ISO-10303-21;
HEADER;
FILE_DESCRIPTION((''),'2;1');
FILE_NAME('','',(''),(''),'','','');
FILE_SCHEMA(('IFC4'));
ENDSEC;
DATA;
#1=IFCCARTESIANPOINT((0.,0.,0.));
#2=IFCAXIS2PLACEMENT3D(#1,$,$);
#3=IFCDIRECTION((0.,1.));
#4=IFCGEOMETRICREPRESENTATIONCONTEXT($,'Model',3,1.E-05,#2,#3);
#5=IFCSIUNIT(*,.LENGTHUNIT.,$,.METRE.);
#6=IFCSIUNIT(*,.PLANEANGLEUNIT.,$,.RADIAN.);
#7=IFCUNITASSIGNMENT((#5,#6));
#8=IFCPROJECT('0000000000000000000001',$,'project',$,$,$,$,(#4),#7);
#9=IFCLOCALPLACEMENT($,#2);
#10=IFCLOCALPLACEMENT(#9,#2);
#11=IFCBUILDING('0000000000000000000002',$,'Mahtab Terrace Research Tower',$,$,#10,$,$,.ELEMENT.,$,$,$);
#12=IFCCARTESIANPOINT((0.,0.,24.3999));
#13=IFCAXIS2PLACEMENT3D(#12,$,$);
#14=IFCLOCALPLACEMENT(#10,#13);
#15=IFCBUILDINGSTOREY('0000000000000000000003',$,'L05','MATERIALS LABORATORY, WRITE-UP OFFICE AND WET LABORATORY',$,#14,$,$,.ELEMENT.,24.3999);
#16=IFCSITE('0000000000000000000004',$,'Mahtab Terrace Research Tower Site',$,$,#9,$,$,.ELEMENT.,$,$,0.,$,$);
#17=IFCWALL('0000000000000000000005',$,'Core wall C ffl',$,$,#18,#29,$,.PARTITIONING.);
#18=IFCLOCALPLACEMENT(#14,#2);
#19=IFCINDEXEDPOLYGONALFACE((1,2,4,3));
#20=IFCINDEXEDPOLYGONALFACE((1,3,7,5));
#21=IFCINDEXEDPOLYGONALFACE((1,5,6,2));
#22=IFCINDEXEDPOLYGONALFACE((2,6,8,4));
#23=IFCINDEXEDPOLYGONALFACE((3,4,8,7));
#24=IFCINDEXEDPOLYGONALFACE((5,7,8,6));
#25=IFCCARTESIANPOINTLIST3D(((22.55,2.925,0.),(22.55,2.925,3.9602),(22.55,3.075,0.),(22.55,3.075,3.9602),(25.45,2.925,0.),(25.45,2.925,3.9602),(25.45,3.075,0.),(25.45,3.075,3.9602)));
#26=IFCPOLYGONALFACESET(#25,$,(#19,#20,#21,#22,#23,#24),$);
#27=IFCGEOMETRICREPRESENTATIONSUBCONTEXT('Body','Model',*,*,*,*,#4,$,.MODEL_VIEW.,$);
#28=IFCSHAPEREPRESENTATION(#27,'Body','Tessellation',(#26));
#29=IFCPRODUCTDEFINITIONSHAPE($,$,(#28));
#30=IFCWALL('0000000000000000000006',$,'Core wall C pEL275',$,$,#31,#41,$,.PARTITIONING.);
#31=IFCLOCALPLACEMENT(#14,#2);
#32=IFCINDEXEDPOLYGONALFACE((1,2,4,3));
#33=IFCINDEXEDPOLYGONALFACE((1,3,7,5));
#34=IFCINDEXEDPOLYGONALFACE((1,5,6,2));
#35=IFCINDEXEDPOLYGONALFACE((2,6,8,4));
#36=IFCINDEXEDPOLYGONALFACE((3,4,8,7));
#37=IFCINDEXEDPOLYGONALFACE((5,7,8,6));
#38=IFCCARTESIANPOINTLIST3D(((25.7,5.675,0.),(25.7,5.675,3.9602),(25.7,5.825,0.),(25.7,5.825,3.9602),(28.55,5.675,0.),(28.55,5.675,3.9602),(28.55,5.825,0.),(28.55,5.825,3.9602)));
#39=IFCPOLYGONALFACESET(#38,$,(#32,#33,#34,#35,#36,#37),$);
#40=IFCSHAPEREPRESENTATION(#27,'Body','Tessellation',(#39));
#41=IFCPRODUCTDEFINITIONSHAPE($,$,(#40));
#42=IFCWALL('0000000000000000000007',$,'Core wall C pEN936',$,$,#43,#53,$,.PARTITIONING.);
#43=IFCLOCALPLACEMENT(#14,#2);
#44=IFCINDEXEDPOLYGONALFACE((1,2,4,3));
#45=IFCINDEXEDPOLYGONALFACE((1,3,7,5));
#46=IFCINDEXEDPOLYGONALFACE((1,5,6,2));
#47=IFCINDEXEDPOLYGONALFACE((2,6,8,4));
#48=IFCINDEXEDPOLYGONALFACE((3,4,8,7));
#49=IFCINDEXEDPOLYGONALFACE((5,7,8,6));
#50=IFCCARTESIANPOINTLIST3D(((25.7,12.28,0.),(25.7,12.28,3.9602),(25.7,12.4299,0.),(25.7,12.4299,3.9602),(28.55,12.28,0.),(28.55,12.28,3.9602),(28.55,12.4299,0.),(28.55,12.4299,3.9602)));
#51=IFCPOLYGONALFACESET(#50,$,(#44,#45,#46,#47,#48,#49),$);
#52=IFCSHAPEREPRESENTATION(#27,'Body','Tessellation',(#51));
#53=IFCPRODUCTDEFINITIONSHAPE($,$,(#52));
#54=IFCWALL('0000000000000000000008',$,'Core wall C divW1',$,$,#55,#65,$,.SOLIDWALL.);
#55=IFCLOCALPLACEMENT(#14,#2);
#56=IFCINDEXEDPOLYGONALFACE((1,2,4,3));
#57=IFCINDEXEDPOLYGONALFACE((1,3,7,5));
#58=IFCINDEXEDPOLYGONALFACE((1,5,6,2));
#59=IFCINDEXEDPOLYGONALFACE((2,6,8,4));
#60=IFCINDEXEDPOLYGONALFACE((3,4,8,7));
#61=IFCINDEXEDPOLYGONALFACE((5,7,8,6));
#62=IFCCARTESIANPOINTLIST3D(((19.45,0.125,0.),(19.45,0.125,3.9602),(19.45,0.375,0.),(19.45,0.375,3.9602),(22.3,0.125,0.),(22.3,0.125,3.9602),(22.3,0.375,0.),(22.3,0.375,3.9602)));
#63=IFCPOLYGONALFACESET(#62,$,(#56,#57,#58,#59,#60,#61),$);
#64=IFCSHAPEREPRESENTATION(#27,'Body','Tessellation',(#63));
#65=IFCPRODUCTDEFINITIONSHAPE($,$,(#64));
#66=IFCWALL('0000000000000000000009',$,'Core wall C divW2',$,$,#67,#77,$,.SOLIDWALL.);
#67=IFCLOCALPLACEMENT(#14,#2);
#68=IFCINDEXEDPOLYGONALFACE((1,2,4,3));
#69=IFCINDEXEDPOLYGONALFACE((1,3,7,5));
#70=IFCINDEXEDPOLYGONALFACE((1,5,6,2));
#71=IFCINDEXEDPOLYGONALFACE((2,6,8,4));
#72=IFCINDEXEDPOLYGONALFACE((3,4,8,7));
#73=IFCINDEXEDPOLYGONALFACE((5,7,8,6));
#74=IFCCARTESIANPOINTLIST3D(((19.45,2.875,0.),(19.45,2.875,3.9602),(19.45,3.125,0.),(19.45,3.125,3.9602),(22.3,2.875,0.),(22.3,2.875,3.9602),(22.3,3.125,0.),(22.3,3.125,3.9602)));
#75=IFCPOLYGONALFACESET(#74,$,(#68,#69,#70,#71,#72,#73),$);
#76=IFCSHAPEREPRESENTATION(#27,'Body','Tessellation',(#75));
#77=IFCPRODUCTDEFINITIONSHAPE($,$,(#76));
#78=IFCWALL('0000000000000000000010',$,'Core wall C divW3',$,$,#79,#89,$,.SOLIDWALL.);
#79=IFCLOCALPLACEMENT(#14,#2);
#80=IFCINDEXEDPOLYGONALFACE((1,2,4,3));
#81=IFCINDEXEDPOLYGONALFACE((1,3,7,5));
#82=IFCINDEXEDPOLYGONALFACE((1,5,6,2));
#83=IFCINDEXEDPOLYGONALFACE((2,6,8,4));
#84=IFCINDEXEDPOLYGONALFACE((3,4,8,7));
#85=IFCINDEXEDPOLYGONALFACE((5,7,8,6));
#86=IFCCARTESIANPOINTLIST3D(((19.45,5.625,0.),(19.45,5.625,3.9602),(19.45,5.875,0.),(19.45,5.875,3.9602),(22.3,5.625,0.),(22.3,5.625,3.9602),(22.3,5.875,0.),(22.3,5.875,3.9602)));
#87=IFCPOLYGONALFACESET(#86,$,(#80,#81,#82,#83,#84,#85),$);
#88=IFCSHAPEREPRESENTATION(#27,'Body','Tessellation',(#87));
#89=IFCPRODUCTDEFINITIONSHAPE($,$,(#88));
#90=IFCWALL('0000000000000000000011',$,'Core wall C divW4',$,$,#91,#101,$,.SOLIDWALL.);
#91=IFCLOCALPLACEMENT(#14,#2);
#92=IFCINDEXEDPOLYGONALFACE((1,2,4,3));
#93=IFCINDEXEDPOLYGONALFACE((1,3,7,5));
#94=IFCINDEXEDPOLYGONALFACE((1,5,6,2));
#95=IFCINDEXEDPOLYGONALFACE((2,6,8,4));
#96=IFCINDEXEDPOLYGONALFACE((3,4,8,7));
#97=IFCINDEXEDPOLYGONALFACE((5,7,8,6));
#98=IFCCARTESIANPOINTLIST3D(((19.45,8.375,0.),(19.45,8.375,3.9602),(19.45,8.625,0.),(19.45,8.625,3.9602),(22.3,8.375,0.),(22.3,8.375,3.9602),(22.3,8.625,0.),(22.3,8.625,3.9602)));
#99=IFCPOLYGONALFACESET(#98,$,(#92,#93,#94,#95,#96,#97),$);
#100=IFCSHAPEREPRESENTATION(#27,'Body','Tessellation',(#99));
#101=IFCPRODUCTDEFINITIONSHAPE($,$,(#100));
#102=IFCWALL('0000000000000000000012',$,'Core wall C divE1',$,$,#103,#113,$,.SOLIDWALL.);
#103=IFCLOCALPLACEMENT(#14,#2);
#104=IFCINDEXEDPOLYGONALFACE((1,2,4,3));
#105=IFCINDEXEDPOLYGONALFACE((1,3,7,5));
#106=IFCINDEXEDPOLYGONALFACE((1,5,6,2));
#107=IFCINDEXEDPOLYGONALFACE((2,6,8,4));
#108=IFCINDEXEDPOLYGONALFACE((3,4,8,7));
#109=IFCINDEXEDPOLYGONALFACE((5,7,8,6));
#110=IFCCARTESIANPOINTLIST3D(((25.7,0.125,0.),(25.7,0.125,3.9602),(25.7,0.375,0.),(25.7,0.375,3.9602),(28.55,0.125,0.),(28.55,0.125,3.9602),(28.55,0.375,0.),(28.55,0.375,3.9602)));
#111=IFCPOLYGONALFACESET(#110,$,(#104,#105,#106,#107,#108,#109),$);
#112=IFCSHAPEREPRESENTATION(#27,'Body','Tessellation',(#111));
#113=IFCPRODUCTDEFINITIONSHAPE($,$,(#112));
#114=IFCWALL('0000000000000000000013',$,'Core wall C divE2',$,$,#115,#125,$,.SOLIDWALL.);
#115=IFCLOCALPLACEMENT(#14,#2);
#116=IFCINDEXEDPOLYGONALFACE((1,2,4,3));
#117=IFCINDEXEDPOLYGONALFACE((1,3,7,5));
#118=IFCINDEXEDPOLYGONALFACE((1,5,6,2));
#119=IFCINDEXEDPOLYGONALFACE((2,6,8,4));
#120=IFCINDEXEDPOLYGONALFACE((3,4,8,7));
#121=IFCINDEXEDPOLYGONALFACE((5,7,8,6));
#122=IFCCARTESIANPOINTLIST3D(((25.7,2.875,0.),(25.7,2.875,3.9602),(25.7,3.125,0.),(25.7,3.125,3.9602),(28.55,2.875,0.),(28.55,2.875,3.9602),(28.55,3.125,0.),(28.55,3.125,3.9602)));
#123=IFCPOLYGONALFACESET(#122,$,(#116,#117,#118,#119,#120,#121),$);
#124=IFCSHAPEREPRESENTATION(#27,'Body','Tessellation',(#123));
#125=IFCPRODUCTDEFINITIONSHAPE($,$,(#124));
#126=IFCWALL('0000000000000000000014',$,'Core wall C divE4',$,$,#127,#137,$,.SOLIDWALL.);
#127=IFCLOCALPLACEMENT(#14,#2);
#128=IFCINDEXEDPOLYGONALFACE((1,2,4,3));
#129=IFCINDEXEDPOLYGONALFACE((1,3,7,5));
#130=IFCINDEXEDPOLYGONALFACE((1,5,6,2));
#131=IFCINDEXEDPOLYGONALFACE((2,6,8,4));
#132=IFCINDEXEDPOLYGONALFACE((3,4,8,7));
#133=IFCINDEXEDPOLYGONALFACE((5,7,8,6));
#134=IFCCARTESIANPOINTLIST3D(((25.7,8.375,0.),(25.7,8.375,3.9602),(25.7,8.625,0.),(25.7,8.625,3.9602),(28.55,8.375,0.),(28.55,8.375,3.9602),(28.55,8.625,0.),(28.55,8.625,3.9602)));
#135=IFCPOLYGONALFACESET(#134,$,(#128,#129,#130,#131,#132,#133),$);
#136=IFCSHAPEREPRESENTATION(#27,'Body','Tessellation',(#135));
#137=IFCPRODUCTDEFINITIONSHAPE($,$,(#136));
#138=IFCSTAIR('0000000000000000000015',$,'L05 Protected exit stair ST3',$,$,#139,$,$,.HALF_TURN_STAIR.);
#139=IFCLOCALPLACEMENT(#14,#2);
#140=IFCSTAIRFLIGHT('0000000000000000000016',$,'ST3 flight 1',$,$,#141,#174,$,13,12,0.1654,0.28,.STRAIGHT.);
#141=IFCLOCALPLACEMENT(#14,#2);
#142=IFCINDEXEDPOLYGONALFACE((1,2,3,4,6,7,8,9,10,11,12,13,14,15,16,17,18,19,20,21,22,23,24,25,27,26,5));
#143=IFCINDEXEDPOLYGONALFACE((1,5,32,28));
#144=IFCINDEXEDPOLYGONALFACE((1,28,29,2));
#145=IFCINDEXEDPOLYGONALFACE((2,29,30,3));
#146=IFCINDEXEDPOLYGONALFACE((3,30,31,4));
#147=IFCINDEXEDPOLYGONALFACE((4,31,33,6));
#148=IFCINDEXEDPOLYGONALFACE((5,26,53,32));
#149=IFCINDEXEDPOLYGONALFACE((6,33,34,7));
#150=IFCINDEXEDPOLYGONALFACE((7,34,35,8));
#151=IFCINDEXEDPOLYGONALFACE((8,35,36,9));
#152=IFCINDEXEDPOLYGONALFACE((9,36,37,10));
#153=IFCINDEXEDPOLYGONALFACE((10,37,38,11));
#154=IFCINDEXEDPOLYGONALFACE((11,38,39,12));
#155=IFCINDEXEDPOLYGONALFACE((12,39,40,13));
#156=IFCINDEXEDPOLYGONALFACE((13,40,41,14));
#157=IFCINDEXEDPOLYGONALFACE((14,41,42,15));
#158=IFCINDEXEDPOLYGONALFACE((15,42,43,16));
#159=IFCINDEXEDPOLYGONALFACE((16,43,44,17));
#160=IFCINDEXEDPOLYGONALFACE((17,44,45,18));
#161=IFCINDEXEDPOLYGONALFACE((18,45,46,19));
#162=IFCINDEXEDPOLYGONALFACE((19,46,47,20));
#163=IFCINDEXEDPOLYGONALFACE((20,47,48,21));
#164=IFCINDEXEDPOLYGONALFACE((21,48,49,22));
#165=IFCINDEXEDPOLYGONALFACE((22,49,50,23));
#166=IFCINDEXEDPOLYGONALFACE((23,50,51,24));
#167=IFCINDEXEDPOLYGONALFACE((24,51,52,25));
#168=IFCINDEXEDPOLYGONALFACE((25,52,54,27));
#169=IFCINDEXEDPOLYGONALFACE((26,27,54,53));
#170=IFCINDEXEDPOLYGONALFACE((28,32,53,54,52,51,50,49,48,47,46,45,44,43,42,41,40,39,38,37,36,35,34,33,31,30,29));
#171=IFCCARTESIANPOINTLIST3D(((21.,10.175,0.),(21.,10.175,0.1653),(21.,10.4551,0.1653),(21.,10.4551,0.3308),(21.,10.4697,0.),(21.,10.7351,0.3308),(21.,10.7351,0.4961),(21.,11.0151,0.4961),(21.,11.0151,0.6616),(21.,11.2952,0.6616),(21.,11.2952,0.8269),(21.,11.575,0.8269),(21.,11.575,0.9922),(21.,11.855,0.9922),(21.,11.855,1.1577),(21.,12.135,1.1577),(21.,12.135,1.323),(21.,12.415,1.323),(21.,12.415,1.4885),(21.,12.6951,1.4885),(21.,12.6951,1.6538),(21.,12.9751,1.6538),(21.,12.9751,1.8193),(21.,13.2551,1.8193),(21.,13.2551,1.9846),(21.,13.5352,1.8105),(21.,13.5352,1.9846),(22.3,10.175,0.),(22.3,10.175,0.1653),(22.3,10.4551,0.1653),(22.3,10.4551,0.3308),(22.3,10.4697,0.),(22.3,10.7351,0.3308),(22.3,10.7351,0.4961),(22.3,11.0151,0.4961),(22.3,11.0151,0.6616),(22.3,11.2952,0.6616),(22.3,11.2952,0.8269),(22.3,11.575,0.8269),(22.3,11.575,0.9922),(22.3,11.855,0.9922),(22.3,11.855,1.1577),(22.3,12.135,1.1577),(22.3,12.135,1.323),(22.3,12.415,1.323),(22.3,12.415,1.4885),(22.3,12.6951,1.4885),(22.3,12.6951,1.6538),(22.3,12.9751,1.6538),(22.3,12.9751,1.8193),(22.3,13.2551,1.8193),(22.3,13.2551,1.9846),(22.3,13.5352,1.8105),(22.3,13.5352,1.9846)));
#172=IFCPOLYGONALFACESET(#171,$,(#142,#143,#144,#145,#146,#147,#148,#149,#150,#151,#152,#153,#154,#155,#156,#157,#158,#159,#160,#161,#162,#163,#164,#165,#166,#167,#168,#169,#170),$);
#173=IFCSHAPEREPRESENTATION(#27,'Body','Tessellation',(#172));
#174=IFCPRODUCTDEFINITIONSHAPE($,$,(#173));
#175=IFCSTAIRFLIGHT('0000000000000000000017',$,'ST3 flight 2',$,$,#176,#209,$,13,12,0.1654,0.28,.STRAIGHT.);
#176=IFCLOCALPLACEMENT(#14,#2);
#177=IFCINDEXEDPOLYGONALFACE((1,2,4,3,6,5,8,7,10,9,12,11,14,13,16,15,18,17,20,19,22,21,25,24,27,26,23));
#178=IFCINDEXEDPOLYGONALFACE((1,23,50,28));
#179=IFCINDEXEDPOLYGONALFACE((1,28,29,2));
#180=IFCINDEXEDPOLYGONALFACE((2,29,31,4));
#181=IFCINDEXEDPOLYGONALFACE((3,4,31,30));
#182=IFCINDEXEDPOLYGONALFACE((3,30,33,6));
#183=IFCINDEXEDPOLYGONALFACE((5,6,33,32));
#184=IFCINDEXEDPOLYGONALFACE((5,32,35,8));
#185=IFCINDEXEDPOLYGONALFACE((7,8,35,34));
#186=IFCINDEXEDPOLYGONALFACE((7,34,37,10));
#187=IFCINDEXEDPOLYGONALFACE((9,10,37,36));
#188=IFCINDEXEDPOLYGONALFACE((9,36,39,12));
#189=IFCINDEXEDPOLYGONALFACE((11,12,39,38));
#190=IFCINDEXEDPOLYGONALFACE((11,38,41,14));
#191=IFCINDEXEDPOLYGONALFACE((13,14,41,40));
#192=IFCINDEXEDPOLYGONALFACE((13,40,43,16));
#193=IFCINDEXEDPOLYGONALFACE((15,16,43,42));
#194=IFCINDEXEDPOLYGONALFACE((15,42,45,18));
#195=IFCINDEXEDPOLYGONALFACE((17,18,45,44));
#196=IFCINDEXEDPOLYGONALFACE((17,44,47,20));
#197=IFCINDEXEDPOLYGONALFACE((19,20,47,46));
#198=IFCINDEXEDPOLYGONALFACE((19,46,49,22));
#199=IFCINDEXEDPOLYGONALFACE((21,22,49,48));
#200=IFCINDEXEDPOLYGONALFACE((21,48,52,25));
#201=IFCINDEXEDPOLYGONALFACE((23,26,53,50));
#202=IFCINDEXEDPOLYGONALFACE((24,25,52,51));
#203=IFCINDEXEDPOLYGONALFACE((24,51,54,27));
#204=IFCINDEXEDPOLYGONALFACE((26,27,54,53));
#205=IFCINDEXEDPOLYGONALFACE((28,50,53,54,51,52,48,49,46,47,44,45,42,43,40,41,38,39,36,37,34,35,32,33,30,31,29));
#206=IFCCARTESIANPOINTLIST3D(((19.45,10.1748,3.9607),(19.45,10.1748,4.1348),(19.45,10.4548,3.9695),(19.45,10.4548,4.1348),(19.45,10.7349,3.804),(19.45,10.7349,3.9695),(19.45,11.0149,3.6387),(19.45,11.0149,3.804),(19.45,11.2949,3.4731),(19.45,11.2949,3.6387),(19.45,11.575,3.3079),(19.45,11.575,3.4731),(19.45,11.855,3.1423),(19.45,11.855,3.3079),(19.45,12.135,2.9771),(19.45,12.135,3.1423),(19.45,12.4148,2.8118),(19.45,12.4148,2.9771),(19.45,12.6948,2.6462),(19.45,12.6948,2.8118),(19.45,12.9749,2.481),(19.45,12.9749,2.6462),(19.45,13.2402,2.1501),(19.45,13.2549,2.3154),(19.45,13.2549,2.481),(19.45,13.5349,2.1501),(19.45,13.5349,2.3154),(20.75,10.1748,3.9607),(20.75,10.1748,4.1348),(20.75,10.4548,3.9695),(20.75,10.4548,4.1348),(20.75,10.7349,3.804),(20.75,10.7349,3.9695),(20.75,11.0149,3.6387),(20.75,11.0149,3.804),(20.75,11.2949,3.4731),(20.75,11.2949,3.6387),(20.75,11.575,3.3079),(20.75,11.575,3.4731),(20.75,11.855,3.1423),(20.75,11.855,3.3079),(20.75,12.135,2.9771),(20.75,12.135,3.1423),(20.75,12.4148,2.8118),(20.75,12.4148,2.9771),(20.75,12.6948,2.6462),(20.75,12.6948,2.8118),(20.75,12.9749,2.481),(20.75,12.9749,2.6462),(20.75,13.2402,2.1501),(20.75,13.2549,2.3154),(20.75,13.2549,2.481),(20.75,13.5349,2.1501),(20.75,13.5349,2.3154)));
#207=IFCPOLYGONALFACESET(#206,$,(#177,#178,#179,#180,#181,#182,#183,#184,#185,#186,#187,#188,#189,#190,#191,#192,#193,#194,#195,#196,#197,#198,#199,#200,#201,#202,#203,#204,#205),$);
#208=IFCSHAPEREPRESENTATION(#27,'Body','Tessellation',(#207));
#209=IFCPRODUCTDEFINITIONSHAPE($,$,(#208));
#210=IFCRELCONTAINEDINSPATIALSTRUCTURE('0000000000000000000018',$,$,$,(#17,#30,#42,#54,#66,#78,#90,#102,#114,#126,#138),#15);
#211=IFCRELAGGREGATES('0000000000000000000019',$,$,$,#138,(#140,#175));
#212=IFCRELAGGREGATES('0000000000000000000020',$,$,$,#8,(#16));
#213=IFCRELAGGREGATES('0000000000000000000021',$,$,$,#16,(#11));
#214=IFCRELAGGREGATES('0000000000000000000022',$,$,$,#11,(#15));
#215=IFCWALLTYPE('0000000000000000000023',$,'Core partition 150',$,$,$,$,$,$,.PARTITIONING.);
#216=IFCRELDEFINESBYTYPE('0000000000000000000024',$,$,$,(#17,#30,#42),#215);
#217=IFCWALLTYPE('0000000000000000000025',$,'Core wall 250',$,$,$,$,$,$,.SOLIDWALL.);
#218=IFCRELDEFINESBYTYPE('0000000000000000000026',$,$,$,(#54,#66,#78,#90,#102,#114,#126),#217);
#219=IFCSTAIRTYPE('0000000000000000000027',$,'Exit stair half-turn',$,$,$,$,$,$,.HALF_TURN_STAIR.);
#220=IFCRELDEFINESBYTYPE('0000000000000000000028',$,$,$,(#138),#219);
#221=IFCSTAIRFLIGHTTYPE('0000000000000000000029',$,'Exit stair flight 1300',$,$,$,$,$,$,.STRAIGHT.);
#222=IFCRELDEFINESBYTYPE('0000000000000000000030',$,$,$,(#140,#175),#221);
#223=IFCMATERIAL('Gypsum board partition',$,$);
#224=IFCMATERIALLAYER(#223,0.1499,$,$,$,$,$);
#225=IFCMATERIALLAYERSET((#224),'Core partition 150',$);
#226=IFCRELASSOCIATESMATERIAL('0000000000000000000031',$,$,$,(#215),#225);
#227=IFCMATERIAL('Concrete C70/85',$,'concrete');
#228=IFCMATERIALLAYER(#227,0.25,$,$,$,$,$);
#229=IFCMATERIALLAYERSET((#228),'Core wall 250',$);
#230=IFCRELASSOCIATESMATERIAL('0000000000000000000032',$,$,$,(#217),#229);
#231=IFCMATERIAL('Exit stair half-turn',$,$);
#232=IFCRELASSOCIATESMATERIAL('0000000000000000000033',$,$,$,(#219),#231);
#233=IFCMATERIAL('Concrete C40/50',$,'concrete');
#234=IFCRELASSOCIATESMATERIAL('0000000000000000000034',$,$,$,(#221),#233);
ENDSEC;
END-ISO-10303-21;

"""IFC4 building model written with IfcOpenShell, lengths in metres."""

from ifc_helpers import new_model, si_unit, direction, frame, frame_2d, origin, place, context, subcontext, project, spatial, polyline, rectangle, outline, extrude, material, layer, layer_set, type_object, element, aggregate, save


model = new_model("IFC4")

# Units and contexts
model_context = context("Model", 3, precision=1e-05, world=origin(), true_north=direction((0.0, 1.0)))
body_context = subcontext(model_context, "Body", "Model", "MODEL_VIEW")
ifc_project = project(units=[si_unit("LENGTHUNIT", "METRE"), si_unit("PLANEANGLEUNIT", "RADIAN")], contexts=[model_context])

# Site, building, storey
site_placement = place(None, origin())
site = spatial("IfcSite", under=ifc_project, at=site_placement, Name="Mahtab Terrace Research Tower Site", CompositionType="ELEMENT", RefElevation=0.0)
building_placement = place(site_placement, origin())
building = spatial("IfcBuilding", under=site, at=building_placement, Name="Mahtab Terrace Research Tower", CompositionType="ELEMENT")
storey_placement = place(building_placement, frame((0.0, 0.0, 24.3999)))
storey = spatial("IfcBuildingStorey", under=building, at=storey_placement, Name="L05", Description="MATERIALS LABORATORY, WRITE-UP OFFICE AND WET LABORATORY", CompositionType="ELEMENT", Elevation=24.3999)

# Walls
ifc_material_1 = material(Name="Gypsum board partition")
ifc_layer_1 = layer(ifc_material_1, 0.1499)
ifc_layer_set_1 = layer_set([ifc_layer_1], Name="Core partition 150")
wall_type_1 = type_object("IfcWallType", Name="Core partition 150", PredefinedType="PARTITIONING", material=ifc_layer_set_1)
wall_placement = place(storey_placement, frame((22.55, 3.0, 0.0), z_axis=(0.0, 0.0, 1.0), x_axis=(1.0, 0.0, 0.0)))
element("IfcWall", 1, at=wall_placement, inside=storey, type_object=wall_type_1, Name="Core wall C ffl", PredefinedType="PARTITIONING", context=body_context, shape_type="SweptSolid", body=[
    extrude(rectangle(XDim=2.8999, YDim=0.1499, at=frame_2d((1.45, 0.0))), origin(), (0.0, 0.0, 1.0), 3.9602),
])
for number, where, z_axis, x_axis, name in (
    (2, (25.7, 5.75, 0.0), (0.0, 0.0, 1.0), (1.0, 0.0, 0.0), "Core wall C pEL275"),
    (3, (25.7, 12.355, 0.0), (0.0, 0.0, 1.0), (1.0, 0.0, 0.0), "Core wall C pEN936"),
):
    element("IfcWall", number, at=place(storey_placement, frame(where, z_axis=z_axis, x_axis=x_axis)), inside=storey, type_object=wall_type_1, Name=name, PredefinedType="PARTITIONING", context=body_context, shape_type="SweptSolid", body=[
        extrude(rectangle(XDim=2.8501, YDim=0.1499, at=frame_2d((1.425, 0.0))), origin(), (0.0, 0.0, 1.0), 3.9602),
    ])
ifc_material_2 = material(Name="Concrete C70/85", Category="concrete")
ifc_layer_2 = layer(ifc_material_2, 0.25)
ifc_layer_set_2 = layer_set([ifc_layer_2], Name="Core wall 250")
wall_type_2 = type_object("IfcWallType", Name="Core wall 250", PredefinedType="SOLIDWALL", material=ifc_layer_set_2)
for number, where, z_axis, x_axis, name in (
    (4, (19.45, 0.25, 0.0), (0.0, 0.0, 1.0), (1.0, 0.0, 0.0), "Core wall C divW1"),
    (5, (19.45, 3.0, 0.0), (0.0, 0.0, 1.0), (1.0, 0.0, 0.0), "Core wall C divW2"),
    (6, (19.45, 5.75, 0.0), (0.0, 0.0, 1.0), (1.0, 0.0, 0.0), "Core wall C divW3"),
    (7, (19.45, 8.5, 0.0), (0.0, 0.0, 1.0), (1.0, 0.0, 0.0), "Core wall C divW4"),
    (8, (25.7, 0.25, 0.0), (0.0, 0.0, 1.0), (1.0, 0.0, 0.0), "Core wall C divE1"),
    (9, (25.7, 3.0, 0.0), (0.0, 0.0, 1.0), (1.0, 0.0, 0.0), "Core wall C divE2"),
    (10, (25.7, 8.5, 0.0), (0.0, 0.0, 1.0), (1.0, 0.0, 0.0), "Core wall C divE4"),
):
    element("IfcWall", number, at=place(storey_placement, frame(where, z_axis=z_axis, x_axis=x_axis)), inside=storey, type_object=wall_type_2, Name=name, PredefinedType="SOLIDWALL", context=body_context, shape_type="SweptSolid", body=[
        extrude(rectangle(XDim=2.8501, YDim=0.25, at=frame_2d((1.425, 0.0))), origin(), (0.0, 0.0, 1.0), 3.9602),
    ])

# Stair, stair flights
ifc_material_3 = material(Name="Exit stair half-turn")
stair_type = type_object("IfcStairType", Name="Exit stair half-turn", PredefinedType="HALF_TURN_STAIR", material=ifc_material_3)
stair_placement = place(storey_placement, origin())
stair = element("IfcStair", 11, at=stair_placement, inside=storey, type_object=stair_type, Name="L05 Protected exit stair ST3", PredefinedType="HALF_TURN_STAIR")
ifc_material_4 = material(Name="Concrete C40/50", Category="concrete")
stair_flight_type = type_object("IfcStairFlightType", Name="Exit stair flight 1300", PredefinedType="STRAIGHT", material=ifc_material_4)
stair_flight_1_placement = place(storey_placement, frame((21.6499, 10.175, 0.0), z_axis=(0.0, 0.0, 1.0), x_axis=(0.0, 1.0, 0.0)))
stair_flight_1 = element("IfcStairFlight", 12, at=stair_flight_1_placement, type_object=stair_flight_type, Name="ST3 flight 1", NumberOfRisers=13, NumberOfTreads=12, PredefinedType="STRAIGHT", RiserHeight=0.1654, TreadLength=0.28, context=body_context, shape_type="SweptSolid", body=[
    extrude(outline(polyline([(0.0, 0.0), (0.0, 0.1653), (0.28, 0.1653), (0.28, 0.3308), (0.5601, 0.3308), (0.5601, 0.4961), (0.8401, 0.4961), (0.8401, 0.6616), (1.1201, 0.6616), (1.1201, 0.8269), (1.3999, 0.8269), (1.3999, 0.9922), (1.6799, 0.9922), (1.6799, 1.1577), (1.96, 1.1577), (1.96, 1.323), (2.24, 1.323), (2.24, 1.4885), (2.52, 1.4885), (2.52, 1.6538), (2.8, 1.6538), (2.8, 1.8193), (3.0801, 1.8193), (3.0801, 1.9846), (3.3601, 1.9846), (3.3601, 2.1499), (3.3601, 1.8105), (0.2947, 0.0), (0.0, 0.0)])), frame((0.0, 0.6499, 0.0), z_axis=(0.0, -1.0, 0.0), x_axis=(1.0, 0.0, 0.0)), (0.0, 0.0, 1.0), 1.3),
])
stair_flight_2_placement = place(storey_placement, frame((20.1001, 13.5349, 2.1501), z_axis=(0.0, 0.0, 1.0), x_axis=(0.0, -1.0, 0.0)))
stair_flight_2 = element("IfcStairFlight", 13, at=stair_flight_2_placement, type_object=stair_flight_type, Name="ST3 flight 2", NumberOfRisers=13, NumberOfTreads=12, PredefinedType="STRAIGHT", RiserHeight=0.1654, TreadLength=0.28, context=body_context, shape_type="SweptSolid", body=[
    extrude(outline(polyline([(0.0, 0.0), (0.0, 0.1653), (0.28, 0.1653), (0.28, 0.3308), (0.5601, 0.3308), (0.5601, 0.4961), (0.8401, 0.4961), (0.8401, 0.6616), (1.1201, 0.6616), (1.1201, 0.8269), (1.3999, 0.8269), (1.3999, 0.9922), (1.6799, 0.9922), (1.6799, 1.1577), (1.96, 1.1577), (1.96, 1.323), (2.24, 1.323), (2.24, 1.4885), (2.52, 1.4885), (2.52, 1.6538), (2.8, 1.6538), (2.8, 1.8193), (3.0801, 1.8193), (3.0801, 1.9846), (3.3601, 1.9846), (3.3601, 2.1499), (3.3601, 1.8105), (0.2947, 0.0), (0.0, 0.0)])), frame((0.0, 0.6499, 0.0), z_axis=(0.0, -1.0, 0.0), x_axis=(1.0, 0.0, 0.0)), (0.0, 0.0, 1.0), 1.3),
])
aggregate(stair, [stair_flight_1, stair_flight_2])

save(model, "model.ifc")
